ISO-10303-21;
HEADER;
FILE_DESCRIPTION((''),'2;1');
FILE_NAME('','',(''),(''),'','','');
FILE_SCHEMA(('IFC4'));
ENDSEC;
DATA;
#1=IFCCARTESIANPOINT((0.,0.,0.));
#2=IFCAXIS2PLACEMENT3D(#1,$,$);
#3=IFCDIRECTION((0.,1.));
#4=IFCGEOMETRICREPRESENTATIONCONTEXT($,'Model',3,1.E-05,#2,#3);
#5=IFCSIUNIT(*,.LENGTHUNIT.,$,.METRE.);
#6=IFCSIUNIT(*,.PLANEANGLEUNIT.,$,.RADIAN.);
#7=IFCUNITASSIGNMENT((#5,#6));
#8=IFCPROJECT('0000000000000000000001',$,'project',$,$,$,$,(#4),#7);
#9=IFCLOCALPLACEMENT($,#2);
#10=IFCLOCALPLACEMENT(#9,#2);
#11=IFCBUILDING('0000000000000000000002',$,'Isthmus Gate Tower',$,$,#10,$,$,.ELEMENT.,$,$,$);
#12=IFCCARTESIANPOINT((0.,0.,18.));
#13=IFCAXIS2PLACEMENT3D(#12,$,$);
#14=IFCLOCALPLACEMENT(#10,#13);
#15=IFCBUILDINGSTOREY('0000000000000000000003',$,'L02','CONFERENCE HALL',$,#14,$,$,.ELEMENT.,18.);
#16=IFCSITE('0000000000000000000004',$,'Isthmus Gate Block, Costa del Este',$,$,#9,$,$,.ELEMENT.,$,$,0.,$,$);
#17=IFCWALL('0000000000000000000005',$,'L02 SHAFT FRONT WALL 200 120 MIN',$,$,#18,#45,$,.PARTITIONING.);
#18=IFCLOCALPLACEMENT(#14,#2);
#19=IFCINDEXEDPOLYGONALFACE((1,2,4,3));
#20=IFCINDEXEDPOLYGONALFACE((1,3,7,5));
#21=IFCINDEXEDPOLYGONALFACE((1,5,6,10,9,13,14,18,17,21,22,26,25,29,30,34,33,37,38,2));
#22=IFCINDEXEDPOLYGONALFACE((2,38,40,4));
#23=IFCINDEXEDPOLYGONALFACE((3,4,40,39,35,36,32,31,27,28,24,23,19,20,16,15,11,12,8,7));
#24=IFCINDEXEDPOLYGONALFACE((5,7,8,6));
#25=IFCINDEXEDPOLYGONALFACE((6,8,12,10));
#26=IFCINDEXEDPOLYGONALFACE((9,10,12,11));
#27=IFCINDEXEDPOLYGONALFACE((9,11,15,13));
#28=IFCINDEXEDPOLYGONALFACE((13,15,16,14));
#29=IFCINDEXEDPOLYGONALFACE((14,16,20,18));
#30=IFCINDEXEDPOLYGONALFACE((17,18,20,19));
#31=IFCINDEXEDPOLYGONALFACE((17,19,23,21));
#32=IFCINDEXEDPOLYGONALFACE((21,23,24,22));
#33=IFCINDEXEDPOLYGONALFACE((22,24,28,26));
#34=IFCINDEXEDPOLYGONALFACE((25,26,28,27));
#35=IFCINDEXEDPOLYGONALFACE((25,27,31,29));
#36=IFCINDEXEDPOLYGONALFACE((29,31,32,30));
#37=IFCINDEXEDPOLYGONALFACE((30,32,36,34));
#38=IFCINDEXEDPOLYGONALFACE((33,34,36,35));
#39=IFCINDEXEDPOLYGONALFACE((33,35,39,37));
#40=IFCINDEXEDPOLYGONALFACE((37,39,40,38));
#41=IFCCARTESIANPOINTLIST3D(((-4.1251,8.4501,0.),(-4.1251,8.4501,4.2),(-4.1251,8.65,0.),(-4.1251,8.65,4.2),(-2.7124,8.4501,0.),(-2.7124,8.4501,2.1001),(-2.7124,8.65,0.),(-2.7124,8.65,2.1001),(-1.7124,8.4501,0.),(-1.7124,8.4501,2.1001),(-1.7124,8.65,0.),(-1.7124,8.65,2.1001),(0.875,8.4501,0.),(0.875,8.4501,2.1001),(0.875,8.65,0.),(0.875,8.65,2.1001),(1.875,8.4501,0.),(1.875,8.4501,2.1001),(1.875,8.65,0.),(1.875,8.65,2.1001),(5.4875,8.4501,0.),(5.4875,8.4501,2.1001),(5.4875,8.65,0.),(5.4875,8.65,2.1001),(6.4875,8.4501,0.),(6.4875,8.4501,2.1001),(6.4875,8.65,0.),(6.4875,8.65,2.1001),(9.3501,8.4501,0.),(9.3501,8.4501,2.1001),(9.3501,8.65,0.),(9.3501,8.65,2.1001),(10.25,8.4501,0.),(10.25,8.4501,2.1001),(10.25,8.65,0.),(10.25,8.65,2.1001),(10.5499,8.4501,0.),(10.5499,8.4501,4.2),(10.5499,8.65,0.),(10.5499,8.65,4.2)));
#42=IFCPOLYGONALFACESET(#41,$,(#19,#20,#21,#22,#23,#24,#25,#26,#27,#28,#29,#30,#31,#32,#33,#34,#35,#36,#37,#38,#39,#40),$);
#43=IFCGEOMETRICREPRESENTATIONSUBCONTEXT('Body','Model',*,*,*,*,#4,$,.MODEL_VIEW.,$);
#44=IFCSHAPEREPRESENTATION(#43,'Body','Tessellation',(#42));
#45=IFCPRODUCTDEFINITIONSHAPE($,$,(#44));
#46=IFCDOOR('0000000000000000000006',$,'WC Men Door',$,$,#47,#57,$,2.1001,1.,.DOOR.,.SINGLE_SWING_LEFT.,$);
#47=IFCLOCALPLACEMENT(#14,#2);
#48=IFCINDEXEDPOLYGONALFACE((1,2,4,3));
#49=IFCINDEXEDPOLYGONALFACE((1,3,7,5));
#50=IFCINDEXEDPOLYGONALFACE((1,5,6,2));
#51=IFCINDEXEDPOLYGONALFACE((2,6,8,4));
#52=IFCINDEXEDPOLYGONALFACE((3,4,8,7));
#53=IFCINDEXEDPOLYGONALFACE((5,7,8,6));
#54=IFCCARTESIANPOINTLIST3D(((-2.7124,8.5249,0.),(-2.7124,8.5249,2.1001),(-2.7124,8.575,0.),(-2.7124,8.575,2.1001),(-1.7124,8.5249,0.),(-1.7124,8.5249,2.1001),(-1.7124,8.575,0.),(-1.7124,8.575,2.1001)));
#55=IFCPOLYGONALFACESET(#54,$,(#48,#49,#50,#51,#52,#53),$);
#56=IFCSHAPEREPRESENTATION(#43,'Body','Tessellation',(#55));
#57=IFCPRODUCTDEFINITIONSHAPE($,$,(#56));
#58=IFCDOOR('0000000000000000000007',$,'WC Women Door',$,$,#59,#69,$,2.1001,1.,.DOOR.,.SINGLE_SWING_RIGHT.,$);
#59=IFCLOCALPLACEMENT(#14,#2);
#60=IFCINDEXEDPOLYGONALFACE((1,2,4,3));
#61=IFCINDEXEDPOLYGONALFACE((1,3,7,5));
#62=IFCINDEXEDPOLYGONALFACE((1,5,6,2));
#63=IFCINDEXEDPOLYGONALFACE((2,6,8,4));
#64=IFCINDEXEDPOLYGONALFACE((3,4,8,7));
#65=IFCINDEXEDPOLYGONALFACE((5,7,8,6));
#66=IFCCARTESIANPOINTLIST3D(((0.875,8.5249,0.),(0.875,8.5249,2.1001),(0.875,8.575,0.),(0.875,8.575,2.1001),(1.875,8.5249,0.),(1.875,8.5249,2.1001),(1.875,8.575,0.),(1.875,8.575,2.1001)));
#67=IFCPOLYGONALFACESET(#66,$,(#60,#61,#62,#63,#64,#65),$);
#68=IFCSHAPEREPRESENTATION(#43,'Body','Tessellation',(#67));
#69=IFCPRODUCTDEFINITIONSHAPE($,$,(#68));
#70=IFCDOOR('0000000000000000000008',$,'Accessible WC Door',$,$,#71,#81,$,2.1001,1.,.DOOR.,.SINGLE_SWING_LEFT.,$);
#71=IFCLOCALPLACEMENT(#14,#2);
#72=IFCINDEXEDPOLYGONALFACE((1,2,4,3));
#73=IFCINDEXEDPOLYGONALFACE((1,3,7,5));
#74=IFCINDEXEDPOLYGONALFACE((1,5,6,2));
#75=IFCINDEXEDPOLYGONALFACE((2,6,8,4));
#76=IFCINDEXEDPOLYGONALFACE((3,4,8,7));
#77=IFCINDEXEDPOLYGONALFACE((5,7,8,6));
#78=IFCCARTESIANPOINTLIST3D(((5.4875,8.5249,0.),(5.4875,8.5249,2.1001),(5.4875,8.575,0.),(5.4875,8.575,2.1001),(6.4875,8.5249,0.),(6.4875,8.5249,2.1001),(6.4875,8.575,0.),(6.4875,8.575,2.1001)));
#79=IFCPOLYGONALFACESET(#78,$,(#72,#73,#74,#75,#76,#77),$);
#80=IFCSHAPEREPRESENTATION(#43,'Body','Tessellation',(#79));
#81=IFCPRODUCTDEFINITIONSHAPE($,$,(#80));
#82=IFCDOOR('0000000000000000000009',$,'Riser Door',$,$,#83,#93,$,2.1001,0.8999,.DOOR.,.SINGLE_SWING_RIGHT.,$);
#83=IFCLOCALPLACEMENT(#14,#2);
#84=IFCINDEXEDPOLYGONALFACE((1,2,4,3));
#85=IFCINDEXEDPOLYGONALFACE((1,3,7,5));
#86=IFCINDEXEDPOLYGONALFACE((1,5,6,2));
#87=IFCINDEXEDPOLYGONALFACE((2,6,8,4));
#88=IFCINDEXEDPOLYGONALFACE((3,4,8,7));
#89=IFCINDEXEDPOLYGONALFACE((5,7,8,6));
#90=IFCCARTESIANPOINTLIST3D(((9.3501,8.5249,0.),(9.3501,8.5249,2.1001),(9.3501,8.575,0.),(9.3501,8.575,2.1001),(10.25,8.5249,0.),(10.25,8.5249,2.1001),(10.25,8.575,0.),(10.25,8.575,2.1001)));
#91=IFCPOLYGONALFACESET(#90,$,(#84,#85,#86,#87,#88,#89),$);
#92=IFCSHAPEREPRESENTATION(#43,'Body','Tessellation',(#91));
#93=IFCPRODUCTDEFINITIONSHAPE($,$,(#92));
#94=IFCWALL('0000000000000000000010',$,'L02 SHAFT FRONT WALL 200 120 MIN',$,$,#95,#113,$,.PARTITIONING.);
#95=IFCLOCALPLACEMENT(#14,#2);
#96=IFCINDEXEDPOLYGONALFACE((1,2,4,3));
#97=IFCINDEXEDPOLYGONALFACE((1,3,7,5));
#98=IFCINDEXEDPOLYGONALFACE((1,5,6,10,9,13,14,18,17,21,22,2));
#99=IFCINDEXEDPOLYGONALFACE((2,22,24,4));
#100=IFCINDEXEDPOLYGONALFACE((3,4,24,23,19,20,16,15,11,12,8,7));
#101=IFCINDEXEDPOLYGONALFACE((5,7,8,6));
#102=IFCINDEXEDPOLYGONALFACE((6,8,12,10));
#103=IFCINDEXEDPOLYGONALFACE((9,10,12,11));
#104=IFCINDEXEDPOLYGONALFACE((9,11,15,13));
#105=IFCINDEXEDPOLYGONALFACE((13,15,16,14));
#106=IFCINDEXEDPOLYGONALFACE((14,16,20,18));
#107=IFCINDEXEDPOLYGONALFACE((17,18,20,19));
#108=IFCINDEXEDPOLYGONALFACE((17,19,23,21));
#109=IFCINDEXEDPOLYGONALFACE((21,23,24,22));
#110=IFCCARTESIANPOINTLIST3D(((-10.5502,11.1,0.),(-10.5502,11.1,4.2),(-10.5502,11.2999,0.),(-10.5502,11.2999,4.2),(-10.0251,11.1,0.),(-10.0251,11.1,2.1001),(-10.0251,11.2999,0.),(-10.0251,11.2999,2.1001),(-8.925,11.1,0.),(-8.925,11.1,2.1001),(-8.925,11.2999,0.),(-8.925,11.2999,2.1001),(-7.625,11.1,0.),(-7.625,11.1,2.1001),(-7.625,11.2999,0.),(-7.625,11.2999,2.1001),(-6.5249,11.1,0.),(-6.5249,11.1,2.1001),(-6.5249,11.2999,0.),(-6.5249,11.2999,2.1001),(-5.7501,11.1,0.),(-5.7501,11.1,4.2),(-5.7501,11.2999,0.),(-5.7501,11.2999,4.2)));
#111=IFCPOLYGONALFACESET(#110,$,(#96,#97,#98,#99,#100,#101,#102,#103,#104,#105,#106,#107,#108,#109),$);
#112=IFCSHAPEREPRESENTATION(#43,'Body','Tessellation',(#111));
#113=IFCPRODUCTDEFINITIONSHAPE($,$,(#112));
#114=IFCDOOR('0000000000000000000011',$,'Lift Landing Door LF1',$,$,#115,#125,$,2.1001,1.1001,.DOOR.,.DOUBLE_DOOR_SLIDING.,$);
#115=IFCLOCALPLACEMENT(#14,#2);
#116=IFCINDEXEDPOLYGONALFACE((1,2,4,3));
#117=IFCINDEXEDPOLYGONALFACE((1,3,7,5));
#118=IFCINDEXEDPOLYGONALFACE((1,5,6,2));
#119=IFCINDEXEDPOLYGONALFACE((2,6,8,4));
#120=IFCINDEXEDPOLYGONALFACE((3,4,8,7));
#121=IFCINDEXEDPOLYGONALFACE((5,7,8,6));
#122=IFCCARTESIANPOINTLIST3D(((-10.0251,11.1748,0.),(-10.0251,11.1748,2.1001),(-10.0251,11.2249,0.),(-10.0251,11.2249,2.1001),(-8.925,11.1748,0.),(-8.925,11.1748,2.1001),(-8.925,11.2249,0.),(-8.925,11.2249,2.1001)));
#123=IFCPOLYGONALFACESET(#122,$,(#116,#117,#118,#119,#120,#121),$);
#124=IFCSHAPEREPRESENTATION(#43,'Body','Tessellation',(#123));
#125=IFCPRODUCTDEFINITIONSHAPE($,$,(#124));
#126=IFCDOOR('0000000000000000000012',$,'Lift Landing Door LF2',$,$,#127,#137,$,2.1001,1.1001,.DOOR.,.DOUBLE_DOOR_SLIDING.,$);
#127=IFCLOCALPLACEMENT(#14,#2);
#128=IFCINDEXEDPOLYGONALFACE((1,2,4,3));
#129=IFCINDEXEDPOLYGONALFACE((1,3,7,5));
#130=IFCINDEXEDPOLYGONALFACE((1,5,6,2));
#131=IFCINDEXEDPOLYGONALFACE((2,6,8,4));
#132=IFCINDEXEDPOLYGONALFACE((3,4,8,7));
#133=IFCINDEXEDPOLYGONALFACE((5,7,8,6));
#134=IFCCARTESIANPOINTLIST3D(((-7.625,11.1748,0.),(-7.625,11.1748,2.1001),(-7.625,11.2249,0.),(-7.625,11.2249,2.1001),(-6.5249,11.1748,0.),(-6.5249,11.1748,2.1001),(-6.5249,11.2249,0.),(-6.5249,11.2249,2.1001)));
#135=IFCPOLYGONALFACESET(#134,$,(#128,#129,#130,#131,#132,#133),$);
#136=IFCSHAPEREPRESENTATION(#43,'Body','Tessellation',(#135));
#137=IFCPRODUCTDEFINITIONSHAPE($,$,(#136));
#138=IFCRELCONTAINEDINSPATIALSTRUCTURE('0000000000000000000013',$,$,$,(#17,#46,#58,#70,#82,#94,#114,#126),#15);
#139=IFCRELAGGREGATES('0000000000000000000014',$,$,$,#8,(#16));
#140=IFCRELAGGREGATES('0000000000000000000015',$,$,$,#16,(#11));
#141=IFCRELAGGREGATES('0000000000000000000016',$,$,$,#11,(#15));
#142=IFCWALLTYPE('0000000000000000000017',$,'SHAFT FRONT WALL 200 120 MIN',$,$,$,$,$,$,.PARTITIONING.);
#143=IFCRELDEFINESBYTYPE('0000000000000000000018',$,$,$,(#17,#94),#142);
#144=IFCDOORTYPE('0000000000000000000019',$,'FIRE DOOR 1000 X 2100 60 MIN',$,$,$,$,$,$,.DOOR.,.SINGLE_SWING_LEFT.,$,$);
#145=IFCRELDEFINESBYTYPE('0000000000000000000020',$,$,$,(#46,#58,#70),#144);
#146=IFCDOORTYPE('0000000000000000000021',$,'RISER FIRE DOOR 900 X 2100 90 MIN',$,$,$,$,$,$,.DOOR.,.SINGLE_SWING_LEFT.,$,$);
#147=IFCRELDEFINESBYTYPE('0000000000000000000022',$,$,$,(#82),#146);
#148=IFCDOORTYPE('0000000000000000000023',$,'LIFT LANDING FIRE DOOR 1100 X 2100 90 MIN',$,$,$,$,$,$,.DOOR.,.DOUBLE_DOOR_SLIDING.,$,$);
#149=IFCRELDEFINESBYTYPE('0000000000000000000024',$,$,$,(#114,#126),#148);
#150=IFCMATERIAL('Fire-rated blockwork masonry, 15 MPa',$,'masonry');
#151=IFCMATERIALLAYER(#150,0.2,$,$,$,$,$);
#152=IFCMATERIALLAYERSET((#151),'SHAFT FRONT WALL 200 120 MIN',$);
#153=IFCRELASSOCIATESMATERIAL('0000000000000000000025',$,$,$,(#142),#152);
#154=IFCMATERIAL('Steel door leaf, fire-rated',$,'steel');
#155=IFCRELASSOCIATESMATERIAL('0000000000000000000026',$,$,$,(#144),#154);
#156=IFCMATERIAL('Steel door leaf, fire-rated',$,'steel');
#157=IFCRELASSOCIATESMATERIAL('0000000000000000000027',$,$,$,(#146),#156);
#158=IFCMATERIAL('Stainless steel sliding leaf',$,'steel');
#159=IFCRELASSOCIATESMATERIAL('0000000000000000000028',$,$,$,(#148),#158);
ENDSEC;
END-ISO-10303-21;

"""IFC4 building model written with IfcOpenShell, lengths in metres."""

from ifc_helpers import new_model, si_unit, direction, frame, frame_2d, origin, place, context, subcontext, project, spatial, rectangle, extrude, material, layer, layer_set, type_object, element, fill, save


model = new_model("IFC4")

# Units and contexts
model_context = context("Model", 3, precision=1e-05, world=origin(), true_north=direction((0.0, 1.0)))
body_context = subcontext(model_context, "Body", "Model", "MODEL_VIEW")
ifc_project = project(units=[si_unit("LENGTHUNIT", "METRE"), si_unit("PLANEANGLEUNIT", "RADIAN")], contexts=[model_context])

# Site, building, storey
site_placement = place(None, origin())
site = spatial("IfcSite", under=ifc_project, at=site_placement, Name="Isthmus Gate Block, Costa del Este", CompositionType="ELEMENT", RefElevation=0.0)
building_placement = place(site_placement, origin())
building = spatial("IfcBuilding", under=site, at=building_placement, Name="Isthmus Gate Tower", CompositionType="ELEMENT")
storey_placement = place(building_placement, frame((0.0, 0.0, 18.0)))
storey = spatial("IfcBuildingStorey", under=building, at=storey_placement, Name="L02", Description="CONFERENCE HALL", CompositionType="ELEMENT", Elevation=18.0)

# Walls, openings, doors
ifc_material_1 = material(Name="Fire-rated blockwork masonry, 15 MPa", Category="masonry")
ifc_layer_1 = layer(ifc_material_1, 0.2)
ifc_layer_set_1 = layer_set([ifc_layer_1], Name="SHAFT FRONT WALL 200 120 MIN")
wall_type_1 = type_object("IfcWallType", Name="SHAFT FRONT WALL 200 120 MIN", PredefinedType="PARTITIONING", material=ifc_layer_set_1)
wall_1_placement = place(storey_placement, frame((-4.125, 8.55, 0.0), z_axis=(0.0, 0.0, 1.0), x_axis=(1.0, 0.0, 0.0)))
wall_1 = element("IfcWall", 1, at=wall_1_placement, inside=storey, type_object=wall_type_1, Name="L02 SHAFT FRONT WALL 200 120 MIN", PredefinedType="PARTITIONING", context=body_context, shape_type="SweptSolid", body=[
    extrude(rectangle(XDim=14.675, YDim=0.2, at=frame_2d((7.3374, 0.0))), origin(), (0.0, 0.0, 1.0), 4.2),
])
opening_1_placement = place(wall_1_placement, frame((1.4126, 0.0, 0.0)))
opening_1 = element("IfcOpeningElement", 2, at=opening_1_placement, cuts=wall_1, PredefinedType="OPENING", context=body_context, shape_type="SweptSolid", body=[
    extrude(rectangle(XDim=1.0, YDim=2.1001, at=frame_2d((0.5, 1.05))), frame((0.0, 0.1099, 0.0), z_axis=(0.0, -1.0, 0.0), x_axis=(1.0, 0.0, 0.0)), (0.0, 0.0, 1.0), 0.22),
])
opening_2_placement = place(wall_1_placement, frame((5.0, 0.0, 0.0)))
opening_2 = element("IfcOpeningElement", 3, at=opening_2_placement, cuts=wall_1, PredefinedType="OPENING", context=body_context, shape_type="SweptSolid", body=[
    extrude(rectangle(XDim=1.0, YDim=2.1001, at=frame_2d((0.5, 1.05))), frame((0.0, 0.1099, 0.0), z_axis=(0.0, -1.0, 0.0), x_axis=(1.0, 0.0, 0.0)), (0.0, 0.0, 1.0), 0.22),
])
opening_3_placement = place(wall_1_placement, frame((9.6125, 0.0, 0.0)))
opening_3 = element("IfcOpeningElement", 4, at=opening_3_placement, cuts=wall_1, PredefinedType="OPENING", context=body_context, shape_type="SweptSolid", body=[
    extrude(rectangle(XDim=1.0, YDim=2.1001, at=frame_2d((0.5, 1.05))), frame((0.0, 0.1099, 0.0), z_axis=(0.0, -1.0, 0.0), x_axis=(1.0, 0.0, 0.0)), (0.0, 0.0, 1.0), 0.22),
])
opening_4_placement = place(wall_1_placement, frame((13.4751, 0.0, 0.0)))
opening_4 = element("IfcOpeningElement", 5, at=opening_4_placement, cuts=wall_1, PredefinedType="OPENING", context=body_context, shape_type="SweptSolid", body=[
    extrude(rectangle(XDim=0.8999, YDim=2.1001, at=frame_2d((0.45, 1.05))), frame((0.0, 0.1099, 0.0), z_axis=(0.0, -1.0, 0.0), x_axis=(1.0, 0.0, 0.0)), (0.0, 0.0, 1.0), 0.22),
])
ifc_material_2 = material(Name="Steel door leaf, fire-rated", Category="steel")
door_type_1 = type_object("IfcDoorType", Name="FIRE DOOR 1000 X 2100 60 MIN", OperationType="SINGLE_SWING_LEFT", PredefinedType="DOOR", material=ifc_material_2)
door_1_placement = place(opening_1_placement, origin())
door_1 = element("IfcDoor", 6, at=door_1_placement, inside=storey, type_object=door_type_1, Name="WC Men Door", OperationType="SINGLE_SWING_LEFT", OverallHeight=2.1001, OverallWidth=1.0, PredefinedType="DOOR", context=body_context, shape_type="SweptSolid", body=[
    extrude(rectangle(XDim=1.0, YDim=2.1001, at=frame_2d((0.5, 1.05))), frame((0.0, 0.0249, 0.0), z_axis=(0.0, -1.0, 0.0), x_axis=(1.0, 0.0, 0.0)), (0.0, 0.0, 1.0), 0.05),
])
fill(opening_1, door_1)
door_2_placement = place(opening_2_placement, origin())
door_2 = element("IfcDoor", 7, at=door_2_placement, inside=storey, type_object=door_type_1, Name="WC Women Door", OperationType="SINGLE_SWING_RIGHT", OverallHeight=2.1001, OverallWidth=1.0, PredefinedType="DOOR", context=body_context, shape_type="SweptSolid", body=[
    extrude(rectangle(XDim=1.0, YDim=2.1001, at=frame_2d((0.5, 1.05))), frame((0.0, 0.0249, 0.0), z_axis=(0.0, -1.0, 0.0), x_axis=(1.0, 0.0, 0.0)), (0.0, 0.0, 1.0), 0.05),
])
fill(opening_2, door_2)
door_3_placement = place(opening_3_placement, origin())
door_3 = element("IfcDoor", 8, at=door_3_placement, inside=storey, type_object=door_type_1, Name="Accessible WC Door", OperationType="SINGLE_SWING_LEFT", OverallHeight=2.1001, OverallWidth=1.0, PredefinedType="DOOR", context=body_context, shape_type="SweptSolid", body=[
    extrude(rectangle(XDim=1.0, YDim=2.1001, at=frame_2d((0.5, 1.05))), frame((0.0, 0.0249, 0.0), z_axis=(0.0, -1.0, 0.0), x_axis=(1.0, 0.0, 0.0)), (0.0, 0.0, 1.0), 0.05),
])
fill(opening_3, door_3)
ifc_material_3 = material(Name="Steel door leaf, fire-rated", Category="steel")
door_type_2 = type_object("IfcDoorType", Name="RISER FIRE DOOR 900 X 2100 90 MIN", OperationType="SINGLE_SWING_LEFT", PredefinedType="DOOR", material=ifc_material_3)
door_4_placement = place(opening_4_placement, origin())
door_4 = element("IfcDoor", 9, at=door_4_placement, inside=storey, type_object=door_type_2, Name="Riser Door", OperationType="SINGLE_SWING_RIGHT", OverallHeight=2.1001, OverallWidth=0.8999, PredefinedType="DOOR", context=body_context, shape_type="SweptSolid", body=[
    extrude(rectangle(XDim=0.8999, YDim=2.1001, at=frame_2d((0.45, 1.05))), frame((0.0, 0.0249, 0.0), z_axis=(0.0, -1.0, 0.0), x_axis=(1.0, 0.0, 0.0)), (0.0, 0.0, 1.0), 0.05),
])
fill(opening_4, door_4)
wall_2_placement = place(storey_placement, frame((-10.55, 11.2, 0.0), z_axis=(0.0, 0.0, 1.0), x_axis=(1.0, 0.0, 0.0)))
wall_2 = element("IfcWall", 10, at=wall_2_placement, inside=storey, type_object=wall_type_1, Name="L02 SHAFT FRONT WALL 200 120 MIN", PredefinedType="PARTITIONING", context=body_context, shape_type="SweptSolid", body=[
    extrude(rectangle(XDim=4.8, YDim=0.2, at=frame_2d((2.3999, 0.0))), origin(), (0.0, 0.0, 1.0), 4.2),
])
opening_5_placement = place(wall_2_placement, frame((0.5249, 0.0, 0.0)))
opening_5 = element("IfcOpeningElement", 11, at=opening_5_placement, cuts=wall_2, PredefinedType="OPENING", context=body_context, shape_type="SweptSolid", body=[
    extrude(rectangle(XDim=1.1001, YDim=2.1001, at=frame_2d((0.55, 1.05))), frame((0.0, 0.1099, 0.0), z_axis=(0.0, -1.0, 0.0), x_axis=(1.0, 0.0, 0.0)), (0.0, 0.0, 1.0), 0.22),
])
opening_6_placement = place(wall_2_placement, frame((2.925, 0.0, 0.0)))
opening_6 = element("IfcOpeningElement", 12, at=opening_6_placement, cuts=wall_2, PredefinedType="OPENING", context=body_context, shape_type="SweptSolid", body=[
    extrude(rectangle(XDim=1.1001, YDim=2.1001, at=frame_2d((0.55, 1.05))), frame((0.0, 0.1099, 0.0), z_axis=(0.0, -1.0, 0.0), x_axis=(1.0, 0.0, 0.0)), (0.0, 0.0, 1.0), 0.22),
])
ifc_material_4 = material(Name="Stainless steel sliding leaf", Category="steel")
door_type_3 = type_object("IfcDoorType", Name="LIFT LANDING FIRE DOOR 1100 X 2100 90 MIN", OperationType="DOUBLE_DOOR_SLIDING", PredefinedType="DOOR", material=ifc_material_4)
door_5_placement = place(opening_5_placement, origin())
door_5 = element("IfcDoor", 13, at=door_5_placement, inside=storey, type_object=door_type_3, Name="Lift Landing Door LF1", OperationType="DOUBLE_DOOR_SLIDING", OverallHeight=2.1001, OverallWidth=1.1001, PredefinedType="DOOR", context=body_context, shape_type="SweptSolid", body=[
    extrude(rectangle(XDim=1.1001, YDim=2.1001, at=frame_2d((0.55, 1.05))), frame((0.0, 0.0249, 0.0), z_axis=(0.0, -1.0, 0.0), x_axis=(1.0, 0.0, 0.0)), (0.0, 0.0, 1.0), 0.05),
])
fill(opening_5, door_5)
door_6_placement = place(opening_6_placement, origin())
door_6 = element("IfcDoor", 14, at=door_6_placement, inside=storey, type_object=door_type_3, Name="Lift Landing Door LF2", OperationType="DOUBLE_DOOR_SLIDING", OverallHeight=2.1001, OverallWidth=1.1001, PredefinedType="DOOR", context=body_context, shape_type="SweptSolid", body=[
    extrude(rectangle(XDim=1.1001, YDim=2.1001, at=frame_2d((0.55, 1.05))), frame((0.0, 0.0249, 0.0), z_axis=(0.0, -1.0, 0.0), x_axis=(1.0, 0.0, 0.0)), (0.0, 0.0, 1.0), 0.05),
])
fill(opening_6, door_6)

save(model, "model.ifc")
